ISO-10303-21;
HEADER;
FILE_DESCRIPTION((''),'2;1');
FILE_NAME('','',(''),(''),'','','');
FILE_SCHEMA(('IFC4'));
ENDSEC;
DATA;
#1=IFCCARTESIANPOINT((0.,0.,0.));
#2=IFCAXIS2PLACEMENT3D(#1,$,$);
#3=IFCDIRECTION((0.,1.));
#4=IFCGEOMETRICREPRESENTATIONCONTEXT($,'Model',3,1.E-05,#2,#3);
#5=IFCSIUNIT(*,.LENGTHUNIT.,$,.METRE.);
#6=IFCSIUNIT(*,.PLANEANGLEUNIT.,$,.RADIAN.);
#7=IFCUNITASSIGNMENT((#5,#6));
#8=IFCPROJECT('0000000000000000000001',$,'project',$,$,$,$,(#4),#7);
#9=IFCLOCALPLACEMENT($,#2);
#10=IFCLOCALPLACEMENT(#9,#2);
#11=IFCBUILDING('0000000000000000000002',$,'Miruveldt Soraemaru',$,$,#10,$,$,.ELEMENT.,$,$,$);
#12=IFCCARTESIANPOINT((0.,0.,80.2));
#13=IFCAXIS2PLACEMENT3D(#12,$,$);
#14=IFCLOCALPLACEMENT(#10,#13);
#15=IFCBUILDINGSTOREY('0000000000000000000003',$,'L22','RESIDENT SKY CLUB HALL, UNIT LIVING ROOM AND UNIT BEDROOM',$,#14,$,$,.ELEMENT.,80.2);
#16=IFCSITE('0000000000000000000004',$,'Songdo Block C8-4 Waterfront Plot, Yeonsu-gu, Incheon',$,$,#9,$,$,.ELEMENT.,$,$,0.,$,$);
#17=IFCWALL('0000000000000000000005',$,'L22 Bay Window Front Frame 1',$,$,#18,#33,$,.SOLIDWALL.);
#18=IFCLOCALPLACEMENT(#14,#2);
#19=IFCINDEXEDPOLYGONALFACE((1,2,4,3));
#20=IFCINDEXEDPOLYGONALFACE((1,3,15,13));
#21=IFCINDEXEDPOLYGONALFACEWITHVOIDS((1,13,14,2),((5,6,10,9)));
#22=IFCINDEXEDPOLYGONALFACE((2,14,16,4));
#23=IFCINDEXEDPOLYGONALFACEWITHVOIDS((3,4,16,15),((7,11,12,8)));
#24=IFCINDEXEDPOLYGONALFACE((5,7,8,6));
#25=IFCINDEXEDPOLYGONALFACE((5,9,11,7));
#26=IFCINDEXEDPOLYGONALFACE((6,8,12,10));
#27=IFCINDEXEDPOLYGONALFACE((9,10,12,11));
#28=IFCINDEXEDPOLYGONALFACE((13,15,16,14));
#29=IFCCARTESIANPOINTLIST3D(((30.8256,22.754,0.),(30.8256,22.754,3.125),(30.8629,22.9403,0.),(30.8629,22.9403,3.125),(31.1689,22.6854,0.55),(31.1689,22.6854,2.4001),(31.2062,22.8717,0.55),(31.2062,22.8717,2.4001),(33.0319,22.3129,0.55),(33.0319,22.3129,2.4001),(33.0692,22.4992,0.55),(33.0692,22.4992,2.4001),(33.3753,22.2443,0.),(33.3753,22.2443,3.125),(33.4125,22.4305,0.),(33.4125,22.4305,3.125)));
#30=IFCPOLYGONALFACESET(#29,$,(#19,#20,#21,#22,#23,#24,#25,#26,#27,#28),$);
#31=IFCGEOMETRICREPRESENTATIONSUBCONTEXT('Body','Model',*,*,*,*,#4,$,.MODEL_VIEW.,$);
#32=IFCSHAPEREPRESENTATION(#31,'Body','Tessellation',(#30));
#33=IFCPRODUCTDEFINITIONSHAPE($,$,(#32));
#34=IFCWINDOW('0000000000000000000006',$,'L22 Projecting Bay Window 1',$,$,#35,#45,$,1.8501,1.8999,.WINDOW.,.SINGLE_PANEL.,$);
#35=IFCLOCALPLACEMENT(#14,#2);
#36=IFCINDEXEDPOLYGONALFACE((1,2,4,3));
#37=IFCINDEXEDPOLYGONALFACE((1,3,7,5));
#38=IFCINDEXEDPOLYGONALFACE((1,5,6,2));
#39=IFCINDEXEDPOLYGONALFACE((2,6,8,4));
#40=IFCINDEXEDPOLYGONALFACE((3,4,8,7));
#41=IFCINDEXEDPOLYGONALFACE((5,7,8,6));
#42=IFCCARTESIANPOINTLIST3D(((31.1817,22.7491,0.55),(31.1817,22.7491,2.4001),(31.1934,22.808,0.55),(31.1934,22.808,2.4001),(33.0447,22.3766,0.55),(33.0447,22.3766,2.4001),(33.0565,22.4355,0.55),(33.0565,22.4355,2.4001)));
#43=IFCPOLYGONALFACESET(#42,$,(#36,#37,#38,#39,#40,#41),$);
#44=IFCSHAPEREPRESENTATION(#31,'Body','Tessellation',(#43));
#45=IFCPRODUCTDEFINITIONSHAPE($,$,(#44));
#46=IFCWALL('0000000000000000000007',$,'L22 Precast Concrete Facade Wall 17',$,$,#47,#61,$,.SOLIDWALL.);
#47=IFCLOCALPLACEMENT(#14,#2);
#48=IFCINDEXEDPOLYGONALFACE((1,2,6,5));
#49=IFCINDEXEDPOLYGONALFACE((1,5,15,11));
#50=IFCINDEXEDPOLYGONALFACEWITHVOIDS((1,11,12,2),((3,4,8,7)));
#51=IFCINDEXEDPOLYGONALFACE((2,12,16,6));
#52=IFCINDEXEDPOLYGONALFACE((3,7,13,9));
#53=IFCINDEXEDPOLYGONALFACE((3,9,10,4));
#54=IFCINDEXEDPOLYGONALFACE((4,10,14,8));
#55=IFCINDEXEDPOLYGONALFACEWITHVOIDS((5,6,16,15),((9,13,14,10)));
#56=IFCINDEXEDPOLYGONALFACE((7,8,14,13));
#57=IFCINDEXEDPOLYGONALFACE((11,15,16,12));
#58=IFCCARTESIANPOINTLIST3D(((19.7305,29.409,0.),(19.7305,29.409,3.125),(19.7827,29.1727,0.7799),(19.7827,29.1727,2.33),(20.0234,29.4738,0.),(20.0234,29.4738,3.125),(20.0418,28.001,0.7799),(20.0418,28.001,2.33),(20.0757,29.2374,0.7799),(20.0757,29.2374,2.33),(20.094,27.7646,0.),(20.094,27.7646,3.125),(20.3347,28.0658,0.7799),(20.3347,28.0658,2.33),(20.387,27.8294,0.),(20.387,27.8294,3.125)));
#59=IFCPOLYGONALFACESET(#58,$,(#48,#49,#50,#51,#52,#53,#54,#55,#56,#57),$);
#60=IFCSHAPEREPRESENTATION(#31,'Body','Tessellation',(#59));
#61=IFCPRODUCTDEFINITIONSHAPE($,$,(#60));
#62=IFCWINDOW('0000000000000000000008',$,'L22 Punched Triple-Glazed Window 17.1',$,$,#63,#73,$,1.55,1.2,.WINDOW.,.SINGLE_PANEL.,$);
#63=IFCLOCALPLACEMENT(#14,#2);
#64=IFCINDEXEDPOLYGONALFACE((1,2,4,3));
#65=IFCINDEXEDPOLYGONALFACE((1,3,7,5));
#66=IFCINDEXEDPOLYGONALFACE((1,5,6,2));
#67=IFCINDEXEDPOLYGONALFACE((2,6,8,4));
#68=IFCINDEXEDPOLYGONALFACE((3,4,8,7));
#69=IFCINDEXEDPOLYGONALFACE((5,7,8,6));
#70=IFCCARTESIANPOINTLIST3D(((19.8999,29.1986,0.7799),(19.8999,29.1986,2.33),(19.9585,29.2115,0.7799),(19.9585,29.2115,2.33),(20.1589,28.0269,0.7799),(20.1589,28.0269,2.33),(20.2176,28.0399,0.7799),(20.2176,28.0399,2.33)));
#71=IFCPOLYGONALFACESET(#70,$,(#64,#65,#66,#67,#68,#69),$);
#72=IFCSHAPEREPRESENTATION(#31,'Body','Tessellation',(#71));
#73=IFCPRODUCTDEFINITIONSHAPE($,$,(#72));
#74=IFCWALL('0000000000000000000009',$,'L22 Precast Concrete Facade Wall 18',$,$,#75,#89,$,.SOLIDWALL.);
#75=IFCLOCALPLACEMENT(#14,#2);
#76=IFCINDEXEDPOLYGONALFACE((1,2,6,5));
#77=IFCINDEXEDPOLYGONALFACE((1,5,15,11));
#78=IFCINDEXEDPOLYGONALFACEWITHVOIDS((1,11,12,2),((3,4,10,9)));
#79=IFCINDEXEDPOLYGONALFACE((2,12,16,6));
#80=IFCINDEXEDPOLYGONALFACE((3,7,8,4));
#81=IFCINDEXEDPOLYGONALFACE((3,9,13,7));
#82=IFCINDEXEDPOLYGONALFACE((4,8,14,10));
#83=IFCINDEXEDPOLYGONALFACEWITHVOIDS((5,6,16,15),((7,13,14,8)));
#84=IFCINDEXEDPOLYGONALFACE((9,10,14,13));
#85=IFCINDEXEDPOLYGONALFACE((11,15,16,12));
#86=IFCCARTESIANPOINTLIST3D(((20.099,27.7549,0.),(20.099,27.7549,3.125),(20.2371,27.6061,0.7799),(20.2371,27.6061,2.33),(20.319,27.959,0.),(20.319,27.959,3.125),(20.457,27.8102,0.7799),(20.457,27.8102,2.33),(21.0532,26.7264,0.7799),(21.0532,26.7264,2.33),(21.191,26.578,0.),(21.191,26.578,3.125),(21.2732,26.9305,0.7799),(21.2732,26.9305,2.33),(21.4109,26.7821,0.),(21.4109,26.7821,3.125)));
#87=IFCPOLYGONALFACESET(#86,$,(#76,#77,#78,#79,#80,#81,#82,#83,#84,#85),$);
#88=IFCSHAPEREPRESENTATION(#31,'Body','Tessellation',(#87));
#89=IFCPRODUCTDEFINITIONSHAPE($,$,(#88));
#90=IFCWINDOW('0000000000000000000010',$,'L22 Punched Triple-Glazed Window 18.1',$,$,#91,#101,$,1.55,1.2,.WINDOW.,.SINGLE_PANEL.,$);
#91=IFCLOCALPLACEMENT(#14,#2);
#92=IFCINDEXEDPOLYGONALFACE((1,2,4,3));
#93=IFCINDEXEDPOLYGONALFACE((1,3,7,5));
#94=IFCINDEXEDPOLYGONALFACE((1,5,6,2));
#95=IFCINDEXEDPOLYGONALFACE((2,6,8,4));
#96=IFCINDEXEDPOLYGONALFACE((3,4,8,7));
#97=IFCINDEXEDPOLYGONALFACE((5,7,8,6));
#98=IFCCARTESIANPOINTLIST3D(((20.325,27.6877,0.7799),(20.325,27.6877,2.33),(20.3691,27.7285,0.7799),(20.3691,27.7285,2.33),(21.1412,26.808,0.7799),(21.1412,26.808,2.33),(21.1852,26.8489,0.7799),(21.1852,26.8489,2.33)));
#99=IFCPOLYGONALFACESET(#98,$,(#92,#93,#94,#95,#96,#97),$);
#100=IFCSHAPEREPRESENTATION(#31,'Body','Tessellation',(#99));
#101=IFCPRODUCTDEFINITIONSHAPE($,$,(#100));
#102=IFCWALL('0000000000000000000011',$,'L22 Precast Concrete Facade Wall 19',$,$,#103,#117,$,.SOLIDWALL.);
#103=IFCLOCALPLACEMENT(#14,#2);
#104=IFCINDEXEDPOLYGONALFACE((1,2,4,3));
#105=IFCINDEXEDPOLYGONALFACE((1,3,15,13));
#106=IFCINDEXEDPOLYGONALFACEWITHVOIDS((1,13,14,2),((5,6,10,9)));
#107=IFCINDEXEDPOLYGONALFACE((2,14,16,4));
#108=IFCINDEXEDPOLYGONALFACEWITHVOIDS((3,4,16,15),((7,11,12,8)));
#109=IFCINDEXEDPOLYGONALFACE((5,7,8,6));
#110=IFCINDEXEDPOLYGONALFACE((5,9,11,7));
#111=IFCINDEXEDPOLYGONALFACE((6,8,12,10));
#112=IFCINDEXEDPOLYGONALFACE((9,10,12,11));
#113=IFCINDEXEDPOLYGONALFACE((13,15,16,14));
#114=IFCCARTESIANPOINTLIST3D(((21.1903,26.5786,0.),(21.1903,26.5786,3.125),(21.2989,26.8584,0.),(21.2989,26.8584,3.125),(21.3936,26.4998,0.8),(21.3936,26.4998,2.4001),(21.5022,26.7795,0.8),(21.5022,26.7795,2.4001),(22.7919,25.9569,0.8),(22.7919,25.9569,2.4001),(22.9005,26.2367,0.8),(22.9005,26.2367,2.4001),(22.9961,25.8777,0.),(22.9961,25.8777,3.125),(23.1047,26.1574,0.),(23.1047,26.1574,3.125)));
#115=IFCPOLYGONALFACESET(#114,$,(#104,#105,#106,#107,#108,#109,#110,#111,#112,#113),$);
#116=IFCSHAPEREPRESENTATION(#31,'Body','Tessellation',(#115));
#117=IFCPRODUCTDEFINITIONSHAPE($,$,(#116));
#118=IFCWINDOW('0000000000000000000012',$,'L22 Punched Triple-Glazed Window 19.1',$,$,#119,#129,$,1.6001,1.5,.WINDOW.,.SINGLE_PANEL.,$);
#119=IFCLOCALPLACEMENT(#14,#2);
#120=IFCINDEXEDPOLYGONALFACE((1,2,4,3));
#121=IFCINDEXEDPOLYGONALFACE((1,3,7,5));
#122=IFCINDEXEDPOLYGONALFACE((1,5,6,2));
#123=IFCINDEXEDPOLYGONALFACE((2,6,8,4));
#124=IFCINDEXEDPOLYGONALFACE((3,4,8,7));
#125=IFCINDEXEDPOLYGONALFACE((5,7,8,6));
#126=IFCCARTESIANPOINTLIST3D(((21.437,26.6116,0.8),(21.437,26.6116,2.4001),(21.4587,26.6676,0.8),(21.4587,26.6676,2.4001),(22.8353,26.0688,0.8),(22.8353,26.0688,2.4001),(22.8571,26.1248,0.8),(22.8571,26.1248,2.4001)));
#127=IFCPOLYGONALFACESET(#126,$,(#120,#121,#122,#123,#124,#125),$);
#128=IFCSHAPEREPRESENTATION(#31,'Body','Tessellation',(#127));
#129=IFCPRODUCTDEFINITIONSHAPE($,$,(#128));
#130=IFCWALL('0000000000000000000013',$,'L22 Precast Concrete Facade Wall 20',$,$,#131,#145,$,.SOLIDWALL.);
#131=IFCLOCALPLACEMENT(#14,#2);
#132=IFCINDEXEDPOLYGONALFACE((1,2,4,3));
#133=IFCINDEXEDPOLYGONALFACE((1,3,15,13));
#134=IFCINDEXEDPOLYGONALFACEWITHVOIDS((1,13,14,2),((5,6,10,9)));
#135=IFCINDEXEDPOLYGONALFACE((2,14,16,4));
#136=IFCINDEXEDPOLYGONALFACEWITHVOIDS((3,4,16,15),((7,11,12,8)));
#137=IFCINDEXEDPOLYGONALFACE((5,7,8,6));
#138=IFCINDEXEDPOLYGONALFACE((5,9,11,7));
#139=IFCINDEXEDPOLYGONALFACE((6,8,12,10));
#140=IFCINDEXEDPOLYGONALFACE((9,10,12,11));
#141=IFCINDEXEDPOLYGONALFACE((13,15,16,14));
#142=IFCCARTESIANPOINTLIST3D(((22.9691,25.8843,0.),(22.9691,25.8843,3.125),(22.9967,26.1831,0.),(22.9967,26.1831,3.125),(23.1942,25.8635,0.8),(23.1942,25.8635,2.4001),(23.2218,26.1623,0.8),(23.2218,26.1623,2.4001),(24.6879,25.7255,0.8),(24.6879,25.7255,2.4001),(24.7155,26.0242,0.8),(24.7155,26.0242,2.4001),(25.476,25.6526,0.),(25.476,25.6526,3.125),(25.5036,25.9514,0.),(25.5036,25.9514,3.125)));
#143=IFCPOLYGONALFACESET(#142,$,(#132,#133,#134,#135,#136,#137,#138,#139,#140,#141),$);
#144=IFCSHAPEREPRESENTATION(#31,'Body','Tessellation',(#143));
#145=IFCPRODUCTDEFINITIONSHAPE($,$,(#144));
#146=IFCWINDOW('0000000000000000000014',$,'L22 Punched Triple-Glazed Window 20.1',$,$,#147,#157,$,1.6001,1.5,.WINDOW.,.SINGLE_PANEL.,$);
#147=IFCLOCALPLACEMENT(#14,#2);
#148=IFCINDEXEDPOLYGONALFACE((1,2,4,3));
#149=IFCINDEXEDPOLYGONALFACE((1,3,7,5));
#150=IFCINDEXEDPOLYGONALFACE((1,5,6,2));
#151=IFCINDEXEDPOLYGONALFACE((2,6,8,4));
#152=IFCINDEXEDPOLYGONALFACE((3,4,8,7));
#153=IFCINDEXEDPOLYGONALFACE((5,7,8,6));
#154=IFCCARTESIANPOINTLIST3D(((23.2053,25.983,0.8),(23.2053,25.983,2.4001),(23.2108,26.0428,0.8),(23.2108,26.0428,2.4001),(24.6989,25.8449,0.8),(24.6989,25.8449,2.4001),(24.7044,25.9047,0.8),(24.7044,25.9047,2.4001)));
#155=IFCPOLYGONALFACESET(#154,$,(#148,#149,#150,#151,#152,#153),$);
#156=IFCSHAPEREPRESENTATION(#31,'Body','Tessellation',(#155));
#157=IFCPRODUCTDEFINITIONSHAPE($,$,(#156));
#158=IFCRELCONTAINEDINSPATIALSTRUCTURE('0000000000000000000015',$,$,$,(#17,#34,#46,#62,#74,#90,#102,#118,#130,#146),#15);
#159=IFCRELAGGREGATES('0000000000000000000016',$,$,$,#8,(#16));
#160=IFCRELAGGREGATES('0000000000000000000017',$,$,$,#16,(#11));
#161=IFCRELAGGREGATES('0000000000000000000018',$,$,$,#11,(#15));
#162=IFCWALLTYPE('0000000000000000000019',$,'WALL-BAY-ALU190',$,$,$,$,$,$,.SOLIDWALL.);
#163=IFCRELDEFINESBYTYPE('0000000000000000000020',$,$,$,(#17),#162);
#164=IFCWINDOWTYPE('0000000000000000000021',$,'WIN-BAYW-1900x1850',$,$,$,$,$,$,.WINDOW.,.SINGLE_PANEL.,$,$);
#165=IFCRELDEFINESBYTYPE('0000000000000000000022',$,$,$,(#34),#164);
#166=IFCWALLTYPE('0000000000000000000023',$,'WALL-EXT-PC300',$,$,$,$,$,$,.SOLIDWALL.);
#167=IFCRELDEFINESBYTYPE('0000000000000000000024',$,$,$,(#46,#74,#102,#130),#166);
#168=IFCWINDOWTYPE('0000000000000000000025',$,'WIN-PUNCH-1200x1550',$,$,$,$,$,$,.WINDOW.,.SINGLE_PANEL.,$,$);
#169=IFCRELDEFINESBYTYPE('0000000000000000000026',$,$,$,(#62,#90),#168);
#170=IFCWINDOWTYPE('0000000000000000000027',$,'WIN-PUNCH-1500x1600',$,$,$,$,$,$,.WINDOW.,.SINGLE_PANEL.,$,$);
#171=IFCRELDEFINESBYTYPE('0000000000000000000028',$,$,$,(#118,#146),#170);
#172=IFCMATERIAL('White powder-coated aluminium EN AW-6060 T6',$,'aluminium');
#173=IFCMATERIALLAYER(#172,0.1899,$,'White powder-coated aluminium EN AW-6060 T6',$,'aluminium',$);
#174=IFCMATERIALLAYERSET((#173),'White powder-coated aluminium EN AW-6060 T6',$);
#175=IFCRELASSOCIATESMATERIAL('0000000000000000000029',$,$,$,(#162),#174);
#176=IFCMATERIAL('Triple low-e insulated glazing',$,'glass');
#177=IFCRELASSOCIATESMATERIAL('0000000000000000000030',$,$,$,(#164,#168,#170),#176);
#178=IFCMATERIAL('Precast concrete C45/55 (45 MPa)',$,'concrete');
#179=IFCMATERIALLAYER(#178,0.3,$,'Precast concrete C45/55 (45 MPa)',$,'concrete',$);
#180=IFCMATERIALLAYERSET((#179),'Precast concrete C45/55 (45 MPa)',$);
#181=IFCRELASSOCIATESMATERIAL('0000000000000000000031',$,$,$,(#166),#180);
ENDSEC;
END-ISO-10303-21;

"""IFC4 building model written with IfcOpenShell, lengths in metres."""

from ifc_helpers import new_model, si_unit, direction, frame, frame_2d, origin, place, context, subcontext, project, spatial, rectangle, extrude, material, layer, layer_set, type_object, element, fill, save


model = new_model("IFC4")

# Units and contexts
model_context = context("Model", 3, precision=1e-05, world=origin(), true_north=direction((0.0, 1.0)))
body_context = subcontext(model_context, "Body", "Model", "MODEL_VIEW")
ifc_project = project(units=[si_unit("LENGTHUNIT", "METRE"), si_unit("PLANEANGLEUNIT", "RADIAN")], contexts=[model_context])

# Site, building, storey
site_placement = place(None, origin())
site = spatial("IfcSite", under=ifc_project, at=site_placement, Name="Songdo Block C8-4 Waterfront Plot, Yeonsu-gu, Incheon", CompositionType="ELEMENT", RefElevation=0.0)
building_placement = place(site_placement, origin())
building = spatial("IfcBuilding", under=site, at=building_placement, Name="Miruveldt Soraemaru", CompositionType="ELEMENT")
storey_placement = place(building_placement, frame((0.0, 0.0, 80.2)))
storey = spatial("IfcBuildingStorey", under=building, at=storey_placement, Name="L22", Description="RESIDENT SKY CLUB HALL, UNIT LIVING ROOM AND UNIT BEDROOM", CompositionType="ELEMENT", Elevation=80.2)

# Shared definitions
ifc_material_1 = material(Name="White powder-coated aluminium EN AW-6060 T6", Category="aluminium")
ifc_layer_1 = layer(ifc_material_1, 0.1899, Name="White powder-coated aluminium EN AW-6060 T6", Category="aluminium")
ifc_layer_set_1 = layer_set([ifc_layer_1], Name="White powder-coated aluminium EN AW-6060 T6")
wall_type_1 = type_object("IfcWallType", Name="WALL-BAY-ALU190", PredefinedType="SOLIDWALL", material=ifc_layer_set_1)

# Walls, openings, windows
wall_1_placement = place(storey_placement, frame((30.8442, 22.8472, 0.0), z_axis=(0.0, 0.0, 1.0), x_axis=(0.980592, -0.196062, 0.0)))
wall_1 = element("IfcWall", 1, at=wall_1_placement, inside=storey, type_object=wall_type_1, Name="L22 Bay Window Front Frame 1", PredefinedType="SOLIDWALL", context=body_context, shape_type="SweptSolid", body=[
    extrude(rectangle(XDim=2.6001, YDim=0.1899, at=frame_2d((1.3, 0.0))), origin(), (0.0, 0.0, 1.0), 3.125),
])
opening_1_placement = place(wall_1_placement, frame((0.3501, 0.0, 0.55)))
opening_1 = element("IfcOpeningElement", 2, at=opening_1_placement, cuts=wall_1, PredefinedType="OPENING", context=body_context, shape_type="SweptSolid", body=[
    extrude(rectangle(XDim=1.8999, YDim=1.8501, at=frame_2d((0.95, 0.925))), frame((0.0, 0.105, 0.0), z_axis=(0.0, -1.0, 0.0), x_axis=(1.0, 0.0, 0.0)), (0.0, 0.0, 1.0), 0.21),
])
ifc_material_2 = material(Name="Triple low-e insulated glazing", Category="glass")
window_type_1 = type_object("IfcWindowType", Name="WIN-BAYW-1900x1850", PartitioningType="SINGLE_PANEL", PredefinedType="WINDOW", material=ifc_material_2)
window_1_placement = place(opening_1_placement, origin())
window_1 = element("IfcWindow", 3, at=window_1_placement, inside=storey, type_object=window_type_1, Name="L22 Projecting Bay Window 1", OverallHeight=1.8501, OverallWidth=1.8999, PartitioningType="SINGLE_PANEL", PredefinedType="WINDOW", context=body_context, shape_type="SweptSolid", body=[
    extrude(rectangle(XDim=1.8999, YDim=1.8501, at=frame_2d((0.95, 0.925))), frame((0.0, 0.03, 0.0), z_axis=(0.0, -1.0, 0.0), x_axis=(1.0, 0.0, 0.0)), (0.0, 0.0, 1.0), 0.0601),
])
fill(opening_1, window_1)
ifc_material_3 = material(Name="Precast concrete C45/55 (45 MPa)", Category="concrete")
ifc_layer_2 = layer(ifc_material_3, 0.3, Name="Precast concrete C45/55 (45 MPa)", Category="concrete")
ifc_layer_set_2 = layer_set([ifc_layer_2], Name="Precast concrete C45/55 (45 MPa)")
wall_type_2 = type_object("IfcWallType", Name="WALL-EXT-PC300", PredefinedType="SOLIDWALL", material=ifc_layer_set_2)
wall_2_placement = place(storey_placement, frame((19.877, 29.4414, 0.0), z_axis=(0.0, 0.0, 1.0), x_axis=(0.215871, -0.976422, 0.0)))
wall_2 = element("IfcWall", 4, at=wall_2_placement, inside=storey, type_object=wall_type_2, Name="L22 Precast Concrete Facade Wall 17", PredefinedType="SOLIDWALL", context=body_context, shape_type="SweptSolid", body=[
    extrude(rectangle(XDim=1.6841, YDim=0.3, at=frame_2d((0.842, 0.0))), origin(), (0.0, 0.0, 1.0), 3.125),
])
opening_2_placement = place(wall_2_placement, frame((0.2419, 0.0, 0.78)))
opening_2 = element("IfcOpeningElement", 5, at=opening_2_placement, cuts=wall_2, PredefinedType="OPENING", context=body_context, shape_type="SweptSolid", body=[
    extrude(rectangle(XDim=1.2, YDim=1.55, at=frame_2d((0.6001, 0.7749))), frame((0.0, 0.1602, 0.0), z_axis=(0.0, -1.0, 0.0), x_axis=(1.0, 0.0, 0.0)), (0.0, 0.0, 1.0), 0.3201),
])
window_type_2 = type_object("IfcWindowType", Name="WIN-PUNCH-1200x1550", PartitioningType="SINGLE_PANEL", PredefinedType="WINDOW", material=ifc_material_2)
window_2_placement = place(opening_2_placement, origin())
window_2 = element("IfcWindow", 6, at=window_2_placement, inside=storey, type_object=window_type_2, Name="L22 Punched Triple-Glazed Window 17.1", OverallHeight=1.55, OverallWidth=1.2, PartitioningType="SINGLE_PANEL", PredefinedType="WINDOW", context=body_context, shape_type="SweptSolid", body=[
    extrude(rectangle(XDim=1.2, YDim=1.55, at=frame_2d((0.6001, 0.7749))), frame((0.0, 0.03, 0.0), z_axis=(0.0, -1.0, 0.0), x_axis=(1.0, 0.0, 0.0)), (0.0, 0.0, 1.0), 0.0601),
])
fill(opening_2, window_2)
wall_3_placement = place(storey_placement, frame((20.209, 27.8569, 0.0), z_axis=(0.0, 0.0, 1.0), x_axis=(0.680154, -0.73307, 0.0)))
wall_3 = element("IfcWall", 7, at=wall_3_placement, inside=storey, type_object=wall_type_2, Name="L22 Precast Concrete Facade Wall 18", PredefinedType="SOLIDWALL", context=body_context, shape_type="SweptSolid", body=[
    extrude(rectangle(XDim=1.6055, YDim=0.3, at=frame_2d((0.8027, 0.0))), origin(), (0.0, 0.0, 1.0), 3.125),
])
opening_3_placement = place(wall_3_placement, frame((0.2029, 0.0, 0.78)))
opening_3 = element("IfcOpeningElement", 8, at=opening_3_placement, cuts=wall_3, PredefinedType="OPENING", context=body_context, shape_type="SweptSolid", body=[
    extrude(rectangle(XDim=1.2, YDim=1.55, at=frame_2d((0.6001, 0.7749))), frame((0.0, 0.1602, 0.0), z_axis=(0.0, -1.0, 0.0), x_axis=(1.0, 0.0, 0.0)), (0.0, 0.0, 1.0), 0.3201),
])
window_3_placement = place(opening_3_placement, origin())
window_3 = element("IfcWindow", 9, at=window_3_placement, inside=storey, type_object=window_type_2, Name="L22 Punched Triple-Glazed Window 18.1", OverallHeight=1.55, OverallWidth=1.2, PartitioningType="SINGLE_PANEL", PredefinedType="WINDOW", context=body_context, shape_type="SweptSolid", body=[
    extrude(rectangle(XDim=1.2, YDim=1.55, at=frame_2d((0.6001, 0.7749))), frame((0.0, 0.03, 0.0), z_axis=(0.0, -1.0, 0.0), x_axis=(1.0, 0.0, 0.0)), (0.0, 0.0, 1.0), 0.0601),
])
fill(opening_3, window_3)
wall_4_placement = place(storey_placement, frame((21.2446, 26.7185, 0.0), z_axis=(0.0, 0.0, 1.0), x_axis=(0.932227, -0.361874, 0.0)))
wall_4 = element("IfcWall", 10, at=wall_4_placement, inside=storey, type_object=wall_type_2, Name="L22 Precast Concrete Facade Wall 19", PredefinedType="SOLIDWALL", context=body_context, shape_type="SweptSolid", body=[
    extrude(rectangle(XDim=1.937, YDim=0.3, at=frame_2d((0.9685, 0.0))), origin(), (0.0, 0.0, 1.0), 3.125),
])
opening_4_placement = place(wall_4_placement, frame((0.218, 0.0, 0.8)))
opening_4 = element("IfcOpeningElement", 11, at=opening_4_placement, cuts=wall_4, PredefinedType="OPENING", context=body_context, shape_type="SweptSolid", body=[
    extrude(rectangle(XDim=1.5, YDim=1.6001, at=frame_2d((0.75, 0.8))), frame((0.0, 0.1602, 0.0), z_axis=(0.0, -1.0, 0.0), x_axis=(1.0, 0.0, 0.0)), (0.0, 0.0, 1.0), 0.3201),
])
window_type_3 = type_object("IfcWindowType", Name="WIN-PUNCH-1500x1600", PartitioningType="SINGLE_PANEL", PredefinedType="WINDOW", material=ifc_material_2)
window_4_placement = place(opening_4_placement, origin())
window_4 = element("IfcWindow", 12, at=window_4_placement, inside=storey, type_object=window_type_3, Name="L22 Punched Triple-Glazed Window 19.1", OverallHeight=1.6001, OverallWidth=1.5, PartitioningType="SINGLE_PANEL", PredefinedType="WINDOW", context=body_context, shape_type="SweptSolid", body=[
    extrude(rectangle(XDim=1.5, YDim=1.6001, at=frame_2d((0.75, 0.8))), frame((0.0, 0.03, 0.0), z_axis=(0.0, -1.0, 0.0), x_axis=(1.0, 0.0, 0.0)), (0.0, 0.0, 1.0), 0.0601),
])
fill(opening_4, window_4)
wall_5_placement = place(storey_placement, frame((22.9829, 26.0337, 0.0), z_axis=(0.0, 0.0, 1.0), x_axis=(0.995756, -0.092031, 0.0)))
wall_5 = element("IfcWall", 13, at=wall_5_placement, inside=storey, type_object=wall_type_2, Name="L22 Precast Concrete Facade Wall 20", PredefinedType="SOLIDWALL", context=body_context, shape_type="SweptSolid", body=[
    extrude(rectangle(XDim=2.5176, YDim=0.3, at=frame_2d((1.2588, 0.0))), origin(), (0.0, 0.0, 1.0), 3.125),
])
opening_5_placement = place(wall_5_placement, frame((0.2261, 0.0, 0.8)))
opening_5 = element("IfcOpeningElement", 14, at=opening_5_placement, cuts=wall_5, PredefinedType="OPENING", context=body_context, shape_type="SweptSolid", body=[
    extrude(rectangle(XDim=1.5, YDim=1.6001, at=frame_2d((0.75, 0.8))), frame((0.0, 0.1602, 0.0), z_axis=(0.0, -1.0, 0.0), x_axis=(1.0, 0.0, 0.0)), (0.0, 0.0, 1.0), 0.3201),
])
window_5_placement = place(opening_5_placement, origin())
window_5 = element("IfcWindow", 15, at=window_5_placement, inside=storey, type_object=window_type_3, Name="L22 Punched Triple-Glazed Window 20.1", OverallHeight=1.6001, OverallWidth=1.5, PartitioningType="SINGLE_PANEL", PredefinedType="WINDOW", context=body_context, shape_type="SweptSolid", body=[
    extrude(rectangle(XDim=1.5, YDim=1.6001, at=frame_2d((0.75, 0.8))), frame((0.0, 0.03, 0.0), z_axis=(0.0, -1.0, 0.0), x_axis=(1.0, 0.0, 0.0)), (0.0, 0.0, 1.0), 0.0601),
])
fill(opening_5, window_5)

save(model, "model.ifc")
